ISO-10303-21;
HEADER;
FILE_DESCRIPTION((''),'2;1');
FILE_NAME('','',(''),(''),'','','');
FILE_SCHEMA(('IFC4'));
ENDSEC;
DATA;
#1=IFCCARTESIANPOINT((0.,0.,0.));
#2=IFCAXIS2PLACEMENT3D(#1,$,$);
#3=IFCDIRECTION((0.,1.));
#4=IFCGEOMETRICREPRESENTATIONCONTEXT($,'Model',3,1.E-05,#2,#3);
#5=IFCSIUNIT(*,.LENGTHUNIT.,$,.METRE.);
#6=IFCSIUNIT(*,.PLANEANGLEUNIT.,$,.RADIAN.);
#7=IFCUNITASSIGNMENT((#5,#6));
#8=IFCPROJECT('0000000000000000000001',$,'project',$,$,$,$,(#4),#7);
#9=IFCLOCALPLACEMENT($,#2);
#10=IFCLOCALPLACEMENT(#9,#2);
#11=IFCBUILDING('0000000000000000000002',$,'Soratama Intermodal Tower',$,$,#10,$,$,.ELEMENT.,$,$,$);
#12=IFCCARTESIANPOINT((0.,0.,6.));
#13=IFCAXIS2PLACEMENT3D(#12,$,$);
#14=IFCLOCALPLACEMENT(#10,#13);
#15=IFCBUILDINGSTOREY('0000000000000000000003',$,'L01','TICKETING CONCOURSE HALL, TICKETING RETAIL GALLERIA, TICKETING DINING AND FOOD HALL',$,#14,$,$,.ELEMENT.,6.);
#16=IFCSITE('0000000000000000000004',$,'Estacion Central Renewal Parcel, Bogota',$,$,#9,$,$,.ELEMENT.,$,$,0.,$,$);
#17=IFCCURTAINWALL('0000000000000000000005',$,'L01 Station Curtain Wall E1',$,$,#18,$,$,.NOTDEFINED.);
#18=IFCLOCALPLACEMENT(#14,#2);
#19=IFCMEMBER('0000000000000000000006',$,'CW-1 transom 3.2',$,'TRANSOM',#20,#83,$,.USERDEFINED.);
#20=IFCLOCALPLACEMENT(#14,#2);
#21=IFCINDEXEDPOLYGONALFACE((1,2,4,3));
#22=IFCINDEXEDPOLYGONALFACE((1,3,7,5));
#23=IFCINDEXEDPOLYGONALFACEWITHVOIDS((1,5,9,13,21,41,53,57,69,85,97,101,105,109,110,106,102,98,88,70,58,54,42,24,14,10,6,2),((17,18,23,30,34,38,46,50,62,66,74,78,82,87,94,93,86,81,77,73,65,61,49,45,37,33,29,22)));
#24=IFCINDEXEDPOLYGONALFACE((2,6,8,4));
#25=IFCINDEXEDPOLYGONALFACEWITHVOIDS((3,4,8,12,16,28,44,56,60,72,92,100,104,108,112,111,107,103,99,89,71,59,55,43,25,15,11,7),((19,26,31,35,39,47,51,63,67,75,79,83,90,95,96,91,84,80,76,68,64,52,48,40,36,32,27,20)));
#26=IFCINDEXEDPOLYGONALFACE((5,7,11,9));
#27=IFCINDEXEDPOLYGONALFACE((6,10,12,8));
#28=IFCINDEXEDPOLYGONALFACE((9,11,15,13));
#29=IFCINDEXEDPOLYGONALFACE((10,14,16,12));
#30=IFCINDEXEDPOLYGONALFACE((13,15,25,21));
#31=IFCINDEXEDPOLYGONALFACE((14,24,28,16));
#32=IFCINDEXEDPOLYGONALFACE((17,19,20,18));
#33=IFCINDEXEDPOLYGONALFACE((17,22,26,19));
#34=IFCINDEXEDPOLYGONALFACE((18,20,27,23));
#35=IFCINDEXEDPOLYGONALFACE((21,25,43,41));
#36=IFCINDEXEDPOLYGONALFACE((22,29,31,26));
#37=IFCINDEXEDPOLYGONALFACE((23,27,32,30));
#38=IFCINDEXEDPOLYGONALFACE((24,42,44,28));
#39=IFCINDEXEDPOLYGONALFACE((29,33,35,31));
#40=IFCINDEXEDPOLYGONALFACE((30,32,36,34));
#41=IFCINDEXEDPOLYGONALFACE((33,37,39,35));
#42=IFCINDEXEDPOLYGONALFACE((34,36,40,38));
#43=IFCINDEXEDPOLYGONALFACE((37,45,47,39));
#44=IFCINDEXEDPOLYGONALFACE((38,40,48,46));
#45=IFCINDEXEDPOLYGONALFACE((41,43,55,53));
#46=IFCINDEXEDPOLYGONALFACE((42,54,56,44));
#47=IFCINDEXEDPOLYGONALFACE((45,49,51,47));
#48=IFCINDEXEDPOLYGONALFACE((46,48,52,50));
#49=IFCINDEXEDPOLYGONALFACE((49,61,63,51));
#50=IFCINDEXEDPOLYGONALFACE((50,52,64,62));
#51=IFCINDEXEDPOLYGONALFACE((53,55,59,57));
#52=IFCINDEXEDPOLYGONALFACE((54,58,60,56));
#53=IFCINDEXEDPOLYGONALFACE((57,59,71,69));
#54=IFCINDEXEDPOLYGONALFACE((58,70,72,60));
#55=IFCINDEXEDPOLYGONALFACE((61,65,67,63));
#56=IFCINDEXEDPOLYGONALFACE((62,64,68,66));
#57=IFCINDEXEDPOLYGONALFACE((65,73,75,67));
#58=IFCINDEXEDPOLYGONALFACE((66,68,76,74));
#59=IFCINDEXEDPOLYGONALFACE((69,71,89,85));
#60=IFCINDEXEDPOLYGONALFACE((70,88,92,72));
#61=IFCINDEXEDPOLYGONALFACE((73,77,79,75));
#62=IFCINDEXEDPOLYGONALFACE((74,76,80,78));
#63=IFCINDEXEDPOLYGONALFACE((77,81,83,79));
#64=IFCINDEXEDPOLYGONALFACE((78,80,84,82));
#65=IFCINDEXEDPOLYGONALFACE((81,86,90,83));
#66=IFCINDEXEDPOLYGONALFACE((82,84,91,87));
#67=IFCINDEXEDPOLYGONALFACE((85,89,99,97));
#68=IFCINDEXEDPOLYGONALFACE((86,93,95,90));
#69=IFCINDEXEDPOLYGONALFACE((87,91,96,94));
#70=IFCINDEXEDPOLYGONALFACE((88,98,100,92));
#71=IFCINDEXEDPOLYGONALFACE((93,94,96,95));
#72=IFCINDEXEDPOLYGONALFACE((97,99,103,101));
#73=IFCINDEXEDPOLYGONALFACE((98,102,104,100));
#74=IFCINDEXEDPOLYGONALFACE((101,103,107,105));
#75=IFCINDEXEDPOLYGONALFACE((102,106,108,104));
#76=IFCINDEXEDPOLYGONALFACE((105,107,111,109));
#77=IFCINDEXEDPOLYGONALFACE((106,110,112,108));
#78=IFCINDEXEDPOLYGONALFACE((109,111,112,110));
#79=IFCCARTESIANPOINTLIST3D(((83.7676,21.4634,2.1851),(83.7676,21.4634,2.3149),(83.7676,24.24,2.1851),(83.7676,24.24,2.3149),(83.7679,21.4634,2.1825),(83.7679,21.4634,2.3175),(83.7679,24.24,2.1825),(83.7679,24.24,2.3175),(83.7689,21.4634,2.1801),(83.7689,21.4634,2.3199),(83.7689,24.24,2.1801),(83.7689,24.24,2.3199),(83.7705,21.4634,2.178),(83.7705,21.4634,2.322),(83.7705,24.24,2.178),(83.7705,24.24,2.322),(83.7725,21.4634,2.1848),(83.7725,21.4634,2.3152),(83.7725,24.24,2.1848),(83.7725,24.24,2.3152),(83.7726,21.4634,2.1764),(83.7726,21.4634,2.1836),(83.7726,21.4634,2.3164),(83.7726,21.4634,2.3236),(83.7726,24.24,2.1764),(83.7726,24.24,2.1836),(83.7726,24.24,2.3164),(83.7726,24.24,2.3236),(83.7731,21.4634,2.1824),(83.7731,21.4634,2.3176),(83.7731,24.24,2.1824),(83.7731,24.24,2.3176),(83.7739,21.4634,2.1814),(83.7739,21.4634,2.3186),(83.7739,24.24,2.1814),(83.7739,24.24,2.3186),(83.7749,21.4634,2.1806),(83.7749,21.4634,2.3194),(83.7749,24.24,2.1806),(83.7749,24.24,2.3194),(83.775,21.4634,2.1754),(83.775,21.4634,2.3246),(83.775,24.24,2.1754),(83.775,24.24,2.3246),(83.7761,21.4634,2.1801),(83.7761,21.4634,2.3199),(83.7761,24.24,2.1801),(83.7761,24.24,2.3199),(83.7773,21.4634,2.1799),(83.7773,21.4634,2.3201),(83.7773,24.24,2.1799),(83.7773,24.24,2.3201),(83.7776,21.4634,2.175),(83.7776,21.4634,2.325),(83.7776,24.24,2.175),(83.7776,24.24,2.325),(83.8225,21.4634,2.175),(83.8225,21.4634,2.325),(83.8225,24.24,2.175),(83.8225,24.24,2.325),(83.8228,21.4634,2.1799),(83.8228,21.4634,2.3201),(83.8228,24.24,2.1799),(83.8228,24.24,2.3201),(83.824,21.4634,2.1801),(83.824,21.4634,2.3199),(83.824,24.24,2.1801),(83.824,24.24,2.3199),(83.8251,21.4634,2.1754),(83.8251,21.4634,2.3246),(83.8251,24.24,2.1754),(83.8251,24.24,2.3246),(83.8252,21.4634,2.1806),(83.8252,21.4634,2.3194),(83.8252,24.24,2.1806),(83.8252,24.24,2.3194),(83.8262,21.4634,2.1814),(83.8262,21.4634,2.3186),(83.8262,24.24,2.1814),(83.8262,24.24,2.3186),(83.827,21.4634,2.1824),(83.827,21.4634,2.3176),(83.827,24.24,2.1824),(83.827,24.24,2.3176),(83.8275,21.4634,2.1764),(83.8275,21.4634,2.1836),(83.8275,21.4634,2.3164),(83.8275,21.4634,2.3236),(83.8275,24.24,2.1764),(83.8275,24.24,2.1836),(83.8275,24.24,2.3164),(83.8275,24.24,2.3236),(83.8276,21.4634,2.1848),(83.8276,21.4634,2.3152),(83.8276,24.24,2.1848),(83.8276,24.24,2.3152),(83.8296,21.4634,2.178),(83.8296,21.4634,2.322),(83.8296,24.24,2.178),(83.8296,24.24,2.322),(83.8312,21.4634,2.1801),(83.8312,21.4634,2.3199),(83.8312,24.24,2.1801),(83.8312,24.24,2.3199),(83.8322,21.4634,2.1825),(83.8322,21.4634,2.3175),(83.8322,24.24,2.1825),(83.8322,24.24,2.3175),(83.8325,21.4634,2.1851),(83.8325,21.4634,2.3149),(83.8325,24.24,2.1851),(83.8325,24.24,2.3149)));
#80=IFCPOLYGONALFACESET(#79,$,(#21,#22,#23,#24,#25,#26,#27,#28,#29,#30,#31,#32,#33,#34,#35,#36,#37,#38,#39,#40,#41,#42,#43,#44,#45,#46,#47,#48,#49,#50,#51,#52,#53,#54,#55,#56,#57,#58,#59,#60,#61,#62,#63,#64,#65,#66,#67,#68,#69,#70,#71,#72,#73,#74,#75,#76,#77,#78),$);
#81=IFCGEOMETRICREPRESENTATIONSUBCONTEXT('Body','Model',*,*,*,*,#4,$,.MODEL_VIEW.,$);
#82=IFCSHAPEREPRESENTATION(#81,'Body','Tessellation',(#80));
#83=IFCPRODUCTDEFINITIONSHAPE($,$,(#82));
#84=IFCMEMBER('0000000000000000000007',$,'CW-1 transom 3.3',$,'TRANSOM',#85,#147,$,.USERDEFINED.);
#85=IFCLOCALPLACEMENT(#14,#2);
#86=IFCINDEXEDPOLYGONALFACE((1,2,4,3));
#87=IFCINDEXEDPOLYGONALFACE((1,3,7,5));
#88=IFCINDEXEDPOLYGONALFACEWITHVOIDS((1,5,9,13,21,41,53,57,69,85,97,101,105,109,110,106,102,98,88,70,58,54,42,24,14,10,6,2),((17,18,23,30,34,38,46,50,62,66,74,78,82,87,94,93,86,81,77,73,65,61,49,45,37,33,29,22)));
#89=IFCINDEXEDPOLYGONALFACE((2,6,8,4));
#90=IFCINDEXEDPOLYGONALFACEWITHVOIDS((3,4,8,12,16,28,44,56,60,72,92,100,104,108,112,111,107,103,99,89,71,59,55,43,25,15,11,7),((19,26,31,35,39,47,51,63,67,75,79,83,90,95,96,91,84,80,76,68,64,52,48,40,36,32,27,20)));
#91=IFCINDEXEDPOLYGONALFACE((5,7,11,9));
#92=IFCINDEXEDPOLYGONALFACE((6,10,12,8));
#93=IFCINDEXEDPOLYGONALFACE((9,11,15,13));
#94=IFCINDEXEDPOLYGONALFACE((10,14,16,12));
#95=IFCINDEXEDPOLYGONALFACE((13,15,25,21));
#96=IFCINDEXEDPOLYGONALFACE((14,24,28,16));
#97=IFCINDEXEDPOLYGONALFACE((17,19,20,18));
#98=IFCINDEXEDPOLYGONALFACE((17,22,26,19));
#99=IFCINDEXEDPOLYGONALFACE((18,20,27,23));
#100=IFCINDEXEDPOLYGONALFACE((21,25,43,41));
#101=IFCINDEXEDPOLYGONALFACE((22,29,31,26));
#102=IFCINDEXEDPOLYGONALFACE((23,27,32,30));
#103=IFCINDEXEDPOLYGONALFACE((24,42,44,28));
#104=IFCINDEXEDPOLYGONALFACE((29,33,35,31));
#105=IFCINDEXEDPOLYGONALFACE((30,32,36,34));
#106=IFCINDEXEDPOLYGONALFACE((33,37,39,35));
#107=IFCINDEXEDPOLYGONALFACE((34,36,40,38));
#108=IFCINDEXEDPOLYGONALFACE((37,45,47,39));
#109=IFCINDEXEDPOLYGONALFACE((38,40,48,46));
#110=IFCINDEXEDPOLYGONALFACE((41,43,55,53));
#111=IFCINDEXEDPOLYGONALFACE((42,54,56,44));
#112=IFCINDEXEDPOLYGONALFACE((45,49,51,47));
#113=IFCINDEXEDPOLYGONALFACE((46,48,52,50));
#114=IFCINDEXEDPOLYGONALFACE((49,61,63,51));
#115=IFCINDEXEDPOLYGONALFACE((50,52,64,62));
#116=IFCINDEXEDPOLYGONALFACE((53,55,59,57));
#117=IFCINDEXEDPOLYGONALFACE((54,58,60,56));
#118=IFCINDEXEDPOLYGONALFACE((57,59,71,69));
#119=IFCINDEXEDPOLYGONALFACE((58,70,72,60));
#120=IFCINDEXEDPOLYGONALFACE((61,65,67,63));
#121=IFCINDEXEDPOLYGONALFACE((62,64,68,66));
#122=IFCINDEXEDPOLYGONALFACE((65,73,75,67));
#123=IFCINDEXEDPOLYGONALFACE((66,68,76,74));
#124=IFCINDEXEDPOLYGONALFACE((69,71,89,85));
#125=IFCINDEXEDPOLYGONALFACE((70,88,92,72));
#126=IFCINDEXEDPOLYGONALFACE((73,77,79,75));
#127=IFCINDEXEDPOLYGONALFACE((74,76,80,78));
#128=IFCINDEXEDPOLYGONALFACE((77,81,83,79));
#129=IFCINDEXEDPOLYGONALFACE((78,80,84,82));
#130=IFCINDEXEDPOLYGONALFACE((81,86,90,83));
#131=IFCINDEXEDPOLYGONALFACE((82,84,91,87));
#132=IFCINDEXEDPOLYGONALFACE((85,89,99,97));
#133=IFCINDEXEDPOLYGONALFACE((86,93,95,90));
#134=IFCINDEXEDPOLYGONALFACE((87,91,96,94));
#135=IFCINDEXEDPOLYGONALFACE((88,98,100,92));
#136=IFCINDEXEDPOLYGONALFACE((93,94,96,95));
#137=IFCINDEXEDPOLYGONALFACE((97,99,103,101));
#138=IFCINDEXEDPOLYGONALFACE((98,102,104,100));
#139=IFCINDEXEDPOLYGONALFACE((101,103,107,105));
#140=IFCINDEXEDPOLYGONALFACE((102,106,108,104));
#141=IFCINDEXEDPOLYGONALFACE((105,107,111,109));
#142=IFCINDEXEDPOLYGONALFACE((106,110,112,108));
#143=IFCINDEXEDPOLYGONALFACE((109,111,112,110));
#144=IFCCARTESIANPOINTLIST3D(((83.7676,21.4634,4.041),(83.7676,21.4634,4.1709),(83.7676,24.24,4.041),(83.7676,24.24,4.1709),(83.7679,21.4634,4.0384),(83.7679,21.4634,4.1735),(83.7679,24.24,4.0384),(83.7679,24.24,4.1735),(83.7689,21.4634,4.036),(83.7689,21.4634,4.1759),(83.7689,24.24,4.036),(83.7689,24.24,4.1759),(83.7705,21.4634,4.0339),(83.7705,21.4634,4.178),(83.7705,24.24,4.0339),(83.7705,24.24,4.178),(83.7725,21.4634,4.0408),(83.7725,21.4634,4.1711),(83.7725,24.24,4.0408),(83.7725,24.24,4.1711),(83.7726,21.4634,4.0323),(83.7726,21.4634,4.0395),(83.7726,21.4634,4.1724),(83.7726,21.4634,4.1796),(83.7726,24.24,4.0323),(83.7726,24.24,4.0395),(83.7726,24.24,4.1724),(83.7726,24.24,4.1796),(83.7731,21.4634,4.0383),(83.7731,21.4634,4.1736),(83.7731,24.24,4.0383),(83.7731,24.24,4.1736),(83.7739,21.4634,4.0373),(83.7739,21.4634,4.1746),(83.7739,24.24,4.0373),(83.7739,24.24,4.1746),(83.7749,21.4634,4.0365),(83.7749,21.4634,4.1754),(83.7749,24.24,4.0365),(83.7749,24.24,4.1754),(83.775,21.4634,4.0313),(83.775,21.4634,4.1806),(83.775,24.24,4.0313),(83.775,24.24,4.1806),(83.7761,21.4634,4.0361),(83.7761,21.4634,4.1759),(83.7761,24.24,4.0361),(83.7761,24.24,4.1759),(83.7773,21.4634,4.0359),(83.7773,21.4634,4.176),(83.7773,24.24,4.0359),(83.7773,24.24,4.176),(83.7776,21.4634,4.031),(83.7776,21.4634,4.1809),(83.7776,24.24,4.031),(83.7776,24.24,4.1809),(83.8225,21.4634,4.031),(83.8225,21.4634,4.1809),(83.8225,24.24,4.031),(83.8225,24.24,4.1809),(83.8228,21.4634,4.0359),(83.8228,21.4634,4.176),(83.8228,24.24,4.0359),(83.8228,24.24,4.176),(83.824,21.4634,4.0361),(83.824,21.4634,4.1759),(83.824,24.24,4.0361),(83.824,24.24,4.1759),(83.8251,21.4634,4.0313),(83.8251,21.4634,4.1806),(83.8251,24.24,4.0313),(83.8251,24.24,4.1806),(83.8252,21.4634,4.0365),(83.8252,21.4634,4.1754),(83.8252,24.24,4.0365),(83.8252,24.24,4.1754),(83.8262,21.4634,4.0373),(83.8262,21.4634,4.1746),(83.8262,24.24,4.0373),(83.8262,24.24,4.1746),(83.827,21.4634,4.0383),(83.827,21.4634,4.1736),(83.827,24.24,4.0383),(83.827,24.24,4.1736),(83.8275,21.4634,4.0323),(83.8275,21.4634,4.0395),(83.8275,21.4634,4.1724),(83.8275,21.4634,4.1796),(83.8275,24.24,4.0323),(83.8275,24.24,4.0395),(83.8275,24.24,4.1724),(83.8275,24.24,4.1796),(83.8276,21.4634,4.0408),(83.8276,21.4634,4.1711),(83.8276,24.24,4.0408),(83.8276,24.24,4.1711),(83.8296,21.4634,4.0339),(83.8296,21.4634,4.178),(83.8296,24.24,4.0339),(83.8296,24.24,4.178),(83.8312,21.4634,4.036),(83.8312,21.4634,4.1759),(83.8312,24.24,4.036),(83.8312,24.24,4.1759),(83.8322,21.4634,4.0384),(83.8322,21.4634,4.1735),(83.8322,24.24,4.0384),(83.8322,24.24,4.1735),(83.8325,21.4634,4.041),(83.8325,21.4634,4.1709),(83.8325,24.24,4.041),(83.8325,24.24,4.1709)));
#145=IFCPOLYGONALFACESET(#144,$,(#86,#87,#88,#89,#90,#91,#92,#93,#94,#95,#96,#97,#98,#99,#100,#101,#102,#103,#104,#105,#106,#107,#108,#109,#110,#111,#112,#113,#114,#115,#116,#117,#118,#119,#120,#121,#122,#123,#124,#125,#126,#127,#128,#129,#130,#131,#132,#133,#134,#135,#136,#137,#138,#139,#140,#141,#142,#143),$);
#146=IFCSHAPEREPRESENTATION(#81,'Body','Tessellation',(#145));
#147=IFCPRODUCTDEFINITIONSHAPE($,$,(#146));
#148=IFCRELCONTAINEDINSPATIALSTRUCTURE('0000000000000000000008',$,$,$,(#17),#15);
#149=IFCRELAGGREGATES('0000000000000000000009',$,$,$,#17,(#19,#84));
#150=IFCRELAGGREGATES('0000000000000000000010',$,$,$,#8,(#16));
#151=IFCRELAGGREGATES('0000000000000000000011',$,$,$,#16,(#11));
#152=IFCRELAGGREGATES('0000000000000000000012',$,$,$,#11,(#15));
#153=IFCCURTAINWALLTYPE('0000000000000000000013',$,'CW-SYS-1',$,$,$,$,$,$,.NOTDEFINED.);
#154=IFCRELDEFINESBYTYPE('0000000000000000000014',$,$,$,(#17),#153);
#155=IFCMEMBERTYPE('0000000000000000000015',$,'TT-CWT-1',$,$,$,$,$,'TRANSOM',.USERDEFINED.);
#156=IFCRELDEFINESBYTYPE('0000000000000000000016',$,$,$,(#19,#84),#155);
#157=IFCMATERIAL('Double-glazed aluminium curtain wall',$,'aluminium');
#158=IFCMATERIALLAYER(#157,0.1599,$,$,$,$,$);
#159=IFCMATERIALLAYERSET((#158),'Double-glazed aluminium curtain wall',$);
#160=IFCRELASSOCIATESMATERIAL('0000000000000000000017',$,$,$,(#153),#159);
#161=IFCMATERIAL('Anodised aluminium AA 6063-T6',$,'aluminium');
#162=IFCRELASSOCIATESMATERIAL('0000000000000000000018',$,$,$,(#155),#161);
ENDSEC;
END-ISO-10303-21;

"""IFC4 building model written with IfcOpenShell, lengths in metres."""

from ifc_helpers import new_model, si_unit, direction, frame, origin, origin_2d, place, context, subcontext, project, spatial, hollow_rectangle, extrude, material, layer, layer_set, material_profile, profile_set, type_object, element, aggregate, save


model = new_model("IFC4")

# Units and contexts
model_context = context("Model", 3, precision=1e-05, world=origin(), true_north=direction((0.0, 1.0)))
body_context = subcontext(model_context, "Body", "Model", "MODEL_VIEW")
ifc_project = project(units=[si_unit("LENGTHUNIT", "METRE"), si_unit("PLANEANGLEUNIT", "RADIAN")], contexts=[model_context])

# Site, building, storey
site_placement = place(None, origin())
site = spatial("IfcSite", under=ifc_project, at=site_placement, Name="Estacion Central Renewal Parcel, Bogota", CompositionType="ELEMENT", RefElevation=0.0)
building_placement = place(site_placement, origin())
building = spatial("IfcBuilding", under=site, at=building_placement, Name="Soratama Intermodal Tower", CompositionType="ELEMENT")
storey_placement = place(building_placement, frame((0.0, 0.0, 6.0)))
storey = spatial("IfcBuildingStorey", under=building, at=storey_placement, Name="L01", Description="TICKETING CONCOURSE HALL, TICKETING RETAIL GALLERIA, TICKETING DINING AND FOOD HALL", CompositionType="ELEMENT", Elevation=6.0)

# Curtain wall
ifc_material_1 = material(Name="Double-glazed aluminium curtain wall", Category="aluminium")
ifc_layer_1 = layer(ifc_material_1, 0.1599)
ifc_layer_set_1 = layer_set([ifc_layer_1], Name="Double-glazed aluminium curtain wall")
curtain_wall_type = type_object("IfcCurtainWallType", Name="CW-SYS-1", PredefinedType="NOTDEFINED", material=ifc_layer_set_1)
curtain_wall_1_placement = place(storey_placement, origin())
curtain_wall_1 = element("IfcCurtainWall", 1, at=curtain_wall_1_placement, inside=storey, type_object=curtain_wall_type, Name="L01 Station Curtain Wall E1", PredefinedType="NOTDEFINED")

# Members
ifc_material_2 = material(Name="Anodised aluminium AA 6063-T6", Category="aluminium")
ifc_material_profile_1 = material_profile(ifc_material_2, hollow_rectangle(XDim=0.0649, YDim=0.1499, WallThickness=0.0049, InnerFilletRadius=0.0049, OuterFilletRadius=0.01, at=origin_2d()), Name="CWT150X65X5")
ifc_profile_set_1 = profile_set([ifc_material_profile_1], Name="Anodised aluminium AA 6063-T6")
member_type_1 = type_object("IfcMemberType", Name="TT-CWT-1", ElementType="TRANSOM", PredefinedType="USERDEFINED", material=ifc_profile_set_1)
member_1_placement = place(storey_placement, frame((83.8, 21.4634, 2.25), z_axis=(0.0, 1.0, 0.0), x_axis=(-1.0, 0.0, 0.0)))
member_1 = element("IfcMember", 2, at=member_1_placement, type_object=member_type_1, Name="CW-1 transom 3.2", ObjectType="TRANSOM", PredefinedType="USERDEFINED", context=body_context, shape_type="SweptSolid", body=[
    extrude(hollow_rectangle(XDim=0.0649, YDim=0.1499, WallThickness=0.0049, InnerFilletRadius=0.0049, OuterFilletRadius=0.01, at=origin_2d()), origin(), (0.0, 0.0, 1.0), 2.7766),
])
member_2_placement = place(storey_placement, frame((83.8, 21.4634, 4.106), z_axis=(0.0, 1.0, 0.0), x_axis=(-1.0, 0.0, 0.0)))
member_2 = element("IfcMember", 3, at=member_2_placement, type_object=member_type_1, Name="CW-1 transom 3.3", ObjectType="TRANSOM", PredefinedType="USERDEFINED", context=body_context, shape_type="SweptSolid", body=[
    extrude(hollow_rectangle(XDim=0.0649, YDim=0.1499, WallThickness=0.0049, InnerFilletRadius=0.0049, OuterFilletRadius=0.01, at=origin_2d()), origin(), (0.0, 0.0, 1.0), 2.7766),
])

aggregate(curtain_wall_1, [member_1, member_2])

save(model, "model.ifc")
